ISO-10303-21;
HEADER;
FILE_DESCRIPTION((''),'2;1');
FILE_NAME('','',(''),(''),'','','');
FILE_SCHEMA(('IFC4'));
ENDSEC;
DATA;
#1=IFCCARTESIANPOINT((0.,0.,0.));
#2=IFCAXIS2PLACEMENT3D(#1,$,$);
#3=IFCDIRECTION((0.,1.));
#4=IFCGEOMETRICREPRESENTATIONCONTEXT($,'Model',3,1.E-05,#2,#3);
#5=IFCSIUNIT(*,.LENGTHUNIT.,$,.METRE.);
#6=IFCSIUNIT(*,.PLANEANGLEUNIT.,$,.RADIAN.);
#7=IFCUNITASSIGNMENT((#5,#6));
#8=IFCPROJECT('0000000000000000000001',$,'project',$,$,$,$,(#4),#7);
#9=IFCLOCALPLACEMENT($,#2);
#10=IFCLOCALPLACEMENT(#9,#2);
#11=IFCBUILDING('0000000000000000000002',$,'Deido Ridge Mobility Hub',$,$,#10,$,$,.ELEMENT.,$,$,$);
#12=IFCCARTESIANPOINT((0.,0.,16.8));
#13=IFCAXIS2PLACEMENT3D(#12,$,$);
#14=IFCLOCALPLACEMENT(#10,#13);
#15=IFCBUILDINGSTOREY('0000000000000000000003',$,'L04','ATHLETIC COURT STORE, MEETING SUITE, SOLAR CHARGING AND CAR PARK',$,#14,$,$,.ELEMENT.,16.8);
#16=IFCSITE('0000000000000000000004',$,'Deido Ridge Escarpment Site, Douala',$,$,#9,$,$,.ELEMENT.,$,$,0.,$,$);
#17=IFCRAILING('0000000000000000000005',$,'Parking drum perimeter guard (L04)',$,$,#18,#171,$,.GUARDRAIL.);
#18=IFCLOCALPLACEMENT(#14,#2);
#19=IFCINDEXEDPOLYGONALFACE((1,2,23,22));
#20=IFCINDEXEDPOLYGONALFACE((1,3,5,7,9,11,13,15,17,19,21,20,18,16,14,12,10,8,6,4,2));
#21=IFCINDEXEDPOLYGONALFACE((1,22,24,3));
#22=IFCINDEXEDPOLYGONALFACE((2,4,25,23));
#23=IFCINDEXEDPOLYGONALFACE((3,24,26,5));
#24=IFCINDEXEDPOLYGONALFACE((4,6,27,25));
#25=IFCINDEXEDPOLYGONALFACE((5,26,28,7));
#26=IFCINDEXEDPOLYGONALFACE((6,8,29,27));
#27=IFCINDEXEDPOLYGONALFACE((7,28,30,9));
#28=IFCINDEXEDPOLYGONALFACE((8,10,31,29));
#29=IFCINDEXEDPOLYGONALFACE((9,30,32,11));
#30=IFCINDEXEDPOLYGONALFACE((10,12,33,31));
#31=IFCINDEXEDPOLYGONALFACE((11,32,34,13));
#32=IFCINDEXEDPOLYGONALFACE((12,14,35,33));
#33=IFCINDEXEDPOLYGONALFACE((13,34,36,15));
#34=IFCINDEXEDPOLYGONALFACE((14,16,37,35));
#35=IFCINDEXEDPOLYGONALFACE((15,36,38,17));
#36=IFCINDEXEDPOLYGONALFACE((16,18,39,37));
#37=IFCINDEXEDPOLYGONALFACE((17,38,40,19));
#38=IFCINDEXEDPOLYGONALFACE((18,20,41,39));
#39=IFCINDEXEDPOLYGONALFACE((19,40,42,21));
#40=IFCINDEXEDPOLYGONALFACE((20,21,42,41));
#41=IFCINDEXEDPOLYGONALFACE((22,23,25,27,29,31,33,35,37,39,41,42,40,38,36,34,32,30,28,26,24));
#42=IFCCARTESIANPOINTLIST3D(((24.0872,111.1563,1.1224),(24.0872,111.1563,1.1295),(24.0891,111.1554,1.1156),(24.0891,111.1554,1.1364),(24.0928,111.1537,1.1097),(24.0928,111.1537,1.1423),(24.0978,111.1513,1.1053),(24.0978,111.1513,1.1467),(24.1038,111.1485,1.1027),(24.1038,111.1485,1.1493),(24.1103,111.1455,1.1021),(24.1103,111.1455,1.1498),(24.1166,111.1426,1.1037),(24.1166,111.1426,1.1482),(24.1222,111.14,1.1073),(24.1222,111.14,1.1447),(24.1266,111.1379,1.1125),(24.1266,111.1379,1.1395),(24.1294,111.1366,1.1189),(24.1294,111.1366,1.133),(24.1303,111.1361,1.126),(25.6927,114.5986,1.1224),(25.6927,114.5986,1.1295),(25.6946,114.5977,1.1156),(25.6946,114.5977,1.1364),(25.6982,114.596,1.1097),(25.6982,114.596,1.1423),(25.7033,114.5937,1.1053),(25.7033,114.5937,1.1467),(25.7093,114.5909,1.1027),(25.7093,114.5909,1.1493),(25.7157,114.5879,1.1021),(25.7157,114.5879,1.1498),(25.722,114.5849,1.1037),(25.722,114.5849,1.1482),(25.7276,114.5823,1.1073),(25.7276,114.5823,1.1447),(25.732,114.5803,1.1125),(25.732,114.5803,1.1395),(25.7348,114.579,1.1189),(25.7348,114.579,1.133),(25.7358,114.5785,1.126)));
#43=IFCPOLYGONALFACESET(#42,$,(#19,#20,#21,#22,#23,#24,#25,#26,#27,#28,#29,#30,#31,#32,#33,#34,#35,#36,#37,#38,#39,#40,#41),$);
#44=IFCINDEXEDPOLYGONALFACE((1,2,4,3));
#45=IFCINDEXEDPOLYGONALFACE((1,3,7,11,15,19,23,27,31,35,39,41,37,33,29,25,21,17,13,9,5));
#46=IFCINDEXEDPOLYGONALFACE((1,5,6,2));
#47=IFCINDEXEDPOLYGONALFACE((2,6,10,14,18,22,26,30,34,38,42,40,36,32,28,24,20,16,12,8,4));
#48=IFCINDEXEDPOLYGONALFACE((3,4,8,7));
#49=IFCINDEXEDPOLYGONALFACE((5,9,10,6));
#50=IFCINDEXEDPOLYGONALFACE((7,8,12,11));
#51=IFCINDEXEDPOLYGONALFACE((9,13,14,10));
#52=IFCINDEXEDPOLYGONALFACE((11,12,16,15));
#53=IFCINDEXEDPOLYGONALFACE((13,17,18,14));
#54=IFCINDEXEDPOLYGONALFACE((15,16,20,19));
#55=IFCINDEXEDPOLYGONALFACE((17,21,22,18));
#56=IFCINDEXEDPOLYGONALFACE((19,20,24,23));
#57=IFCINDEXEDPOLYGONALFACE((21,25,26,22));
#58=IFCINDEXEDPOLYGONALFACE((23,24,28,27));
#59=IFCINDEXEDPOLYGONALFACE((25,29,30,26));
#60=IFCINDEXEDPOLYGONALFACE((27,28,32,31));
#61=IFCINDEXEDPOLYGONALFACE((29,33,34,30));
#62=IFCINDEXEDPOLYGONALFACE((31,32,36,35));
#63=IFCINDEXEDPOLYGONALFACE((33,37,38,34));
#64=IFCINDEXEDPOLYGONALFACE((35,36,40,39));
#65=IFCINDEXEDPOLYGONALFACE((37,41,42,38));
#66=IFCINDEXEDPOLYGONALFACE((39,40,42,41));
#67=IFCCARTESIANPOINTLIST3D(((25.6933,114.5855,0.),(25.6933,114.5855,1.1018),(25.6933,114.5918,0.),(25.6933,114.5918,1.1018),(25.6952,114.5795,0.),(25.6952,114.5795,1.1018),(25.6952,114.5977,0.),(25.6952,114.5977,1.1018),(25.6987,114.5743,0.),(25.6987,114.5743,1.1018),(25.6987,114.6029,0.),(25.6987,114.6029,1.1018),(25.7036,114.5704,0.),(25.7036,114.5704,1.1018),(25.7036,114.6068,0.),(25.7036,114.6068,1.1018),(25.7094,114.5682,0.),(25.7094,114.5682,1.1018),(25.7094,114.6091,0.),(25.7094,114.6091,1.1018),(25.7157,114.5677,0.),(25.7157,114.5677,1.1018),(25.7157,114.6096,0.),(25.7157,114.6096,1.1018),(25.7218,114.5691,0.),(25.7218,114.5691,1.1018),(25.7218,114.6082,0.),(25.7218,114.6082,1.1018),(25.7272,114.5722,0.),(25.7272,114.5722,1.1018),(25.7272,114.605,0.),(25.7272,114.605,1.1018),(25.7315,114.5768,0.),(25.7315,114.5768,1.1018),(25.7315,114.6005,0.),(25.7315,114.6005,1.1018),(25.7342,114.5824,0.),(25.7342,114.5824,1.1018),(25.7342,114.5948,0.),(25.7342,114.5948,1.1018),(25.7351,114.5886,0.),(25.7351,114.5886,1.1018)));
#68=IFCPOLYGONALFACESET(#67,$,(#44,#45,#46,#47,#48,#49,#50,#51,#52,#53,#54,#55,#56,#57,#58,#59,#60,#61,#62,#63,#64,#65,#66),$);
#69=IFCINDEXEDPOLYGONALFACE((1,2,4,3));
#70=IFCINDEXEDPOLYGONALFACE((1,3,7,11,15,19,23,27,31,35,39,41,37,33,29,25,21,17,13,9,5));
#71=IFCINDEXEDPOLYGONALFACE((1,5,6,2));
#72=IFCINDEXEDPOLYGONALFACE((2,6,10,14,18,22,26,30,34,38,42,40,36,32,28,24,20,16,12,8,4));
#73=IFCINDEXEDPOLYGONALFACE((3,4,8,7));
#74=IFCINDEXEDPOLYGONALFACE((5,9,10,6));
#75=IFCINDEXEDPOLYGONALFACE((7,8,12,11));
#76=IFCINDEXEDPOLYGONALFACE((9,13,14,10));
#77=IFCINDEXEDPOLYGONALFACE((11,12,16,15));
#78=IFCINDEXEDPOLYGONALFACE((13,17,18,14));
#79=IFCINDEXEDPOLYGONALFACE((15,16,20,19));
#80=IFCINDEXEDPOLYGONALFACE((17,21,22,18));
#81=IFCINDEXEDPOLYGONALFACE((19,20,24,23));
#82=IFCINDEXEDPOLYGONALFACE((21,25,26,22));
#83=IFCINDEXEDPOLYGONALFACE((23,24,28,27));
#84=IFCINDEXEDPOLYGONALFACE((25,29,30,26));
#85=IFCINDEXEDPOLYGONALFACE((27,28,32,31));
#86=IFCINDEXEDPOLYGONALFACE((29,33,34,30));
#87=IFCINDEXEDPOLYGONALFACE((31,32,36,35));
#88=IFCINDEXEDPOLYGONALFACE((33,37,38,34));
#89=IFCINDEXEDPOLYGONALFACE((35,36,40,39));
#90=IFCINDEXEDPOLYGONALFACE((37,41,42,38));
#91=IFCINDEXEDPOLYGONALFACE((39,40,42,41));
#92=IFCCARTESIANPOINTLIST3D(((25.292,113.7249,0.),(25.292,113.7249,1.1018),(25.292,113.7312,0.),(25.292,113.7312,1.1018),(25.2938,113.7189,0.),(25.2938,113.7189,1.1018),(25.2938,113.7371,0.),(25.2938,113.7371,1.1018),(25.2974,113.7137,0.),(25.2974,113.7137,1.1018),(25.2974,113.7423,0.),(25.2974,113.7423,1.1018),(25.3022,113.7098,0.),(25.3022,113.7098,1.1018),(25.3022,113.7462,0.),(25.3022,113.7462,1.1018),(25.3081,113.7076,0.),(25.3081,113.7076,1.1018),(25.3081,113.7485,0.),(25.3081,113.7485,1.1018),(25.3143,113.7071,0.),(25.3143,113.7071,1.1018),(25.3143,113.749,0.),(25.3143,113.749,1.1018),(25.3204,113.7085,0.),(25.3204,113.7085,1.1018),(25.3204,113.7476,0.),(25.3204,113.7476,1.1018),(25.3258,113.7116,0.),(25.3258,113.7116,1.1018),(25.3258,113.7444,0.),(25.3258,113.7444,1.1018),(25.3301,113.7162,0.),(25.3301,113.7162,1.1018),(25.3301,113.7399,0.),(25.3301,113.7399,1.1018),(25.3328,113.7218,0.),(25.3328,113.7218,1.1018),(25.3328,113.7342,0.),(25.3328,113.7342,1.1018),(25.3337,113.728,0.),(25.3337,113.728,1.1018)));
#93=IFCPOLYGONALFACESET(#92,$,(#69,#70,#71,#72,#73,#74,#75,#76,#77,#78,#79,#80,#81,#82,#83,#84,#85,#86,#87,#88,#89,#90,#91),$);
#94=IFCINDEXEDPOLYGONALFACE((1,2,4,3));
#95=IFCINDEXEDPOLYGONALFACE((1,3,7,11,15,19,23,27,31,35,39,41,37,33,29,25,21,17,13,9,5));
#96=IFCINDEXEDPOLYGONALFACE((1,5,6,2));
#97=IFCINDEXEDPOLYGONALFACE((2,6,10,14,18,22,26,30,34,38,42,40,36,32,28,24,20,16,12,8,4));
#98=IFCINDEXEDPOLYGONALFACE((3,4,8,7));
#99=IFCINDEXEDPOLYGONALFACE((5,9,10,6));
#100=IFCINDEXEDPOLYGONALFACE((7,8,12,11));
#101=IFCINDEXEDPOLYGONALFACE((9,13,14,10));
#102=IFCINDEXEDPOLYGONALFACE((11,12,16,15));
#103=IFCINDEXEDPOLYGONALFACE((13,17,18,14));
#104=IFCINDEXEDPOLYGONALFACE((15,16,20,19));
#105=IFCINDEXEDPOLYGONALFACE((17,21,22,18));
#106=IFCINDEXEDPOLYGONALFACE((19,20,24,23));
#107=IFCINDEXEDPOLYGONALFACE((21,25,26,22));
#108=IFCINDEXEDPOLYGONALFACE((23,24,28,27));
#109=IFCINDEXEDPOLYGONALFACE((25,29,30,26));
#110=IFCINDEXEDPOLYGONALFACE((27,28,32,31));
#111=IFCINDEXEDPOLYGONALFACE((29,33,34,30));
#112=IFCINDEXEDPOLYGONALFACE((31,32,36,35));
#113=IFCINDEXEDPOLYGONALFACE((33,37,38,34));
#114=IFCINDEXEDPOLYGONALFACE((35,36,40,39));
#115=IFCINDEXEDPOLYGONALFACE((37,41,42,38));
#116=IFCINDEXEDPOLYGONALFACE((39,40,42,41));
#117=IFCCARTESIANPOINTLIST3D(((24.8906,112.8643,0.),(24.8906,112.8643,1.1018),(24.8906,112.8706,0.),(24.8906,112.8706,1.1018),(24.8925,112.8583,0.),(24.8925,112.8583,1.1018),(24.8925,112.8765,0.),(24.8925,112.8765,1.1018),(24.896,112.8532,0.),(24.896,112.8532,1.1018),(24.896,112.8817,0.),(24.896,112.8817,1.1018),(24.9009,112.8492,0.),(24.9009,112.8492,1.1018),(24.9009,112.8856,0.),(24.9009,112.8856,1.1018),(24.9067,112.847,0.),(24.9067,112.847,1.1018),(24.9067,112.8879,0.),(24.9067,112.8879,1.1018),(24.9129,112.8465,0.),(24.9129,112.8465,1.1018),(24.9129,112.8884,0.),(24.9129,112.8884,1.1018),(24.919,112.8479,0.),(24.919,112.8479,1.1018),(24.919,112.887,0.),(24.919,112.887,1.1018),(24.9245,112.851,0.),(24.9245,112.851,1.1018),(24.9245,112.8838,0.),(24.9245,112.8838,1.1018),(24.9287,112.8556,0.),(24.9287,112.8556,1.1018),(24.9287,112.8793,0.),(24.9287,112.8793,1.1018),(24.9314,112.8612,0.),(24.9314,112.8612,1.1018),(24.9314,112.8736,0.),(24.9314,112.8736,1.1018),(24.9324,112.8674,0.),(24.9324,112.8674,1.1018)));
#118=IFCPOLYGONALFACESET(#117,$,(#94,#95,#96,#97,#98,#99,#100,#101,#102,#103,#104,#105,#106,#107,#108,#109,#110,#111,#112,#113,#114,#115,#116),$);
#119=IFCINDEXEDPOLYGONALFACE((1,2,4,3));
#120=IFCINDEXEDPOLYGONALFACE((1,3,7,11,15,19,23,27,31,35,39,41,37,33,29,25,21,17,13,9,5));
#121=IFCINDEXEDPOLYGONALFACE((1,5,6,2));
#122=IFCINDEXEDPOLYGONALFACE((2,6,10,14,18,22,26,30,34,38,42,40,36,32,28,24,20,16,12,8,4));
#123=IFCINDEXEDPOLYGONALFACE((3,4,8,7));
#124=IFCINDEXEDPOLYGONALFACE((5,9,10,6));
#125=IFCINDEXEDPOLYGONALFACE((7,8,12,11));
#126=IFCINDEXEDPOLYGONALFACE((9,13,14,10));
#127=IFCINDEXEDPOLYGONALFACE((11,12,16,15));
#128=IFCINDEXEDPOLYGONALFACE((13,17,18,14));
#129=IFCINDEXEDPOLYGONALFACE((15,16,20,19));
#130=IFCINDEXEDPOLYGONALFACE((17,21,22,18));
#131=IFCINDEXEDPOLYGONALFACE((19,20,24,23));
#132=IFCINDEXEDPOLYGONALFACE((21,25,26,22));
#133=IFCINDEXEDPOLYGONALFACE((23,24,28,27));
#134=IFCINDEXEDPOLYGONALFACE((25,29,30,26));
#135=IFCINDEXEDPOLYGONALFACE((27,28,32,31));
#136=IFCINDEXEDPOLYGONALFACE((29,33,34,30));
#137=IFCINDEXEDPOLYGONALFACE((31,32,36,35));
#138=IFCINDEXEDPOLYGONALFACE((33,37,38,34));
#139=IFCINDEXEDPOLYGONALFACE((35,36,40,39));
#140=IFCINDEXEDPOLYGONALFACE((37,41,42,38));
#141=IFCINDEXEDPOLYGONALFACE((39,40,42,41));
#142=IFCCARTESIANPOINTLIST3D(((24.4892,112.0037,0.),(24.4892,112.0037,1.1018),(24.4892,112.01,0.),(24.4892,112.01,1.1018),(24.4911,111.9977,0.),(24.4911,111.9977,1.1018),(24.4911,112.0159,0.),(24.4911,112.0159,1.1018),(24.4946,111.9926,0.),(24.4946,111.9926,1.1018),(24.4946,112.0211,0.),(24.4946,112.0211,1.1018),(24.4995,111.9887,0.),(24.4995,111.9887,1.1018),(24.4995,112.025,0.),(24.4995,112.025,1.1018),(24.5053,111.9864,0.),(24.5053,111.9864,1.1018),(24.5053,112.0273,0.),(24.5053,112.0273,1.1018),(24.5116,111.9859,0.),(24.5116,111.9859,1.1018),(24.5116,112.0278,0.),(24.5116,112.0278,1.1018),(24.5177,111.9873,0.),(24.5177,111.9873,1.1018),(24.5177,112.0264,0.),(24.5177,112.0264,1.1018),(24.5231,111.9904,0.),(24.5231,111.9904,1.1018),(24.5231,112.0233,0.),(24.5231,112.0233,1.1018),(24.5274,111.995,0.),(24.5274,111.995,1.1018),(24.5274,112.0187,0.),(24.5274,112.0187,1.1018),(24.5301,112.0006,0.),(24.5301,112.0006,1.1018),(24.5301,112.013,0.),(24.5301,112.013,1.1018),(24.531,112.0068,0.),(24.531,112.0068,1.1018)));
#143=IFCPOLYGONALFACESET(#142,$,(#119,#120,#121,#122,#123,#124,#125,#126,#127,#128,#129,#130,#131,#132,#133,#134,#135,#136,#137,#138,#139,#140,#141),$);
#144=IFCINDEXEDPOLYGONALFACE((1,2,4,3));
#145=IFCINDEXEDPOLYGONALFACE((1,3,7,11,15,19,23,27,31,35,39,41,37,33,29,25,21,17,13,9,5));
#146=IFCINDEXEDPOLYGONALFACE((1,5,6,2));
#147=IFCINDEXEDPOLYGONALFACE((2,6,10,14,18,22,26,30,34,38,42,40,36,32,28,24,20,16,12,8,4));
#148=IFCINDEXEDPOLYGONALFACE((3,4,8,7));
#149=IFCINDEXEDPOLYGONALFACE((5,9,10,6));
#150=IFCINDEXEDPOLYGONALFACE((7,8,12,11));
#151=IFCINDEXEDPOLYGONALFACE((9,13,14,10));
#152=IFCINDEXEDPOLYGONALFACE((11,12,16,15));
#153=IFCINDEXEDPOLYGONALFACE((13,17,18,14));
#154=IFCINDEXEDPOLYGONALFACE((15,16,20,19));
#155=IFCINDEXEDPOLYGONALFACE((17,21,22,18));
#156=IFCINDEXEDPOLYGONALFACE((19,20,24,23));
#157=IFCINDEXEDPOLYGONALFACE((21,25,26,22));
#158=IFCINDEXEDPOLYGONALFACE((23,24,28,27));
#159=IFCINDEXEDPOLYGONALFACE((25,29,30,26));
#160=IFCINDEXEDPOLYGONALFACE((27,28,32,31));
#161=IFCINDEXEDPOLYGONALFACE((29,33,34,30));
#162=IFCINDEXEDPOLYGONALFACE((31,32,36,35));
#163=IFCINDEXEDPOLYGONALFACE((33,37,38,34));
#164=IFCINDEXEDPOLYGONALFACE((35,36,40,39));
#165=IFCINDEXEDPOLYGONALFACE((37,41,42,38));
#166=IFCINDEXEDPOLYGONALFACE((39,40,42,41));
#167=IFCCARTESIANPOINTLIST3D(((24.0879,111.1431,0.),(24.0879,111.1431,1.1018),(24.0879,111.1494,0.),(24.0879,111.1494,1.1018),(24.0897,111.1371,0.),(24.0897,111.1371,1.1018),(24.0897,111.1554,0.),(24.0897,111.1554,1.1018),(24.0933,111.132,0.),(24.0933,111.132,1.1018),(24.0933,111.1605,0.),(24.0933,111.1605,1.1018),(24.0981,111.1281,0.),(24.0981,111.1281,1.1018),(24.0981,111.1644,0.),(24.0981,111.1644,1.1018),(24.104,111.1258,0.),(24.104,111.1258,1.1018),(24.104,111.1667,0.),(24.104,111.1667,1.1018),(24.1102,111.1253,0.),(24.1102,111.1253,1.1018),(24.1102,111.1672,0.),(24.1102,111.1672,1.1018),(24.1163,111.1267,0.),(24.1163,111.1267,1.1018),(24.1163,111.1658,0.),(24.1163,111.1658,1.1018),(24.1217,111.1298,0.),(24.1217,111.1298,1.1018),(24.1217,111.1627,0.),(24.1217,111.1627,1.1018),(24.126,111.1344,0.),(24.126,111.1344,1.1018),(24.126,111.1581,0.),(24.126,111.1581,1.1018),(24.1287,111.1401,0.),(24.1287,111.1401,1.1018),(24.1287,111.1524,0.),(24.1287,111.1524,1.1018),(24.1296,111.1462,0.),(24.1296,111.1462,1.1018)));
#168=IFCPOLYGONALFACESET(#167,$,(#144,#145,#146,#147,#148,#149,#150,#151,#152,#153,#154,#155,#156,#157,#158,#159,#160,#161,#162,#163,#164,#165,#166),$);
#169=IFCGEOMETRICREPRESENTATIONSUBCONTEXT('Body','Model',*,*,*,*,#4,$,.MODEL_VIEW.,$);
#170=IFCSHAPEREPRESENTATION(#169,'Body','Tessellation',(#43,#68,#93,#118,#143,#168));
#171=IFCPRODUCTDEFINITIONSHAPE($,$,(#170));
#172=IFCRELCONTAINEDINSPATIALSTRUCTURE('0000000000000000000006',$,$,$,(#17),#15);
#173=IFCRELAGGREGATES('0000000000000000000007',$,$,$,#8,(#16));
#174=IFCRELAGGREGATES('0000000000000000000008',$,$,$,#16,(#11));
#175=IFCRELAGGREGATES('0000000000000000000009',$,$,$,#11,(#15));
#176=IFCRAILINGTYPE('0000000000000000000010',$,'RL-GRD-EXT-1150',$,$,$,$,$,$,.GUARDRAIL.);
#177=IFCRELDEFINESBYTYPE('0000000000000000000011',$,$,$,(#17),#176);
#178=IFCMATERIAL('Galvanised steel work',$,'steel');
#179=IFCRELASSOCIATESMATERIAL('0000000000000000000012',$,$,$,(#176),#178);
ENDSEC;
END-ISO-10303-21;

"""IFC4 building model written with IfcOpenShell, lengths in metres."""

from ifc_helpers import new_model, si_unit, direction, frame, origin, origin_2d, place, context, subcontext, project, spatial, circle, extrude, material, type_object, element, save


model = new_model("IFC4")

# Units and contexts
model_context = context("Model", 3, precision=1e-05, world=origin(), true_north=direction((0.0, 1.0)))
body_context = subcontext(model_context, "Body", "Model", "MODEL_VIEW")
ifc_project = project(units=[si_unit("LENGTHUNIT", "METRE"), si_unit("PLANEANGLEUNIT", "RADIAN")], contexts=[model_context])

# Site, building, storey
site_placement = place(None, origin())
site = spatial("IfcSite", under=ifc_project, at=site_placement, Name="Deido Ridge Escarpment Site, Douala", CompositionType="ELEMENT", RefElevation=0.0)
building_placement = place(site_placement, origin())
building = spatial("IfcBuilding", under=site, at=building_placement, Name="Deido Ridge Mobility Hub", CompositionType="ELEMENT")
storey_placement = place(building_placement, frame((0.0, 0.0, 16.8)))
storey = spatial("IfcBuildingStorey", under=building, at=storey_placement, Name="L04", Description="ATHLETIC COURT STORE, MEETING SUITE, SOLAR CHARGING AND CAR PARK", CompositionType="ELEMENT", Elevation=16.8)

# Railing
ifc_material_1 = material(Name="Galvanised steel work", Category="steel")
railing_type = type_object("IfcRailingType", Name="RL-GRD-EXT-1150", PredefinedType="GUARDRAIL", material=ifc_material_1)
railing_1_placement = place(storey_placement, frame((25.7141, 114.5886, 0.0)))
element("IfcRailing", 1, at=railing_1_placement, inside=storey, type_object=railing_type, Name="Parking drum perimeter guard (L04)", PredefinedType="GUARDRAIL", context=body_context, shape_type="SweptSolid", body=[
    extrude(circle(Radius=0.0239, at=origin_2d()), frame((0.0, 0.0, 1.126), z_axis=(-0.422674, -0.906282, 0.0), x_axis=(0.906282, -0.422674, 0.0)), (0.0, 0.0, 1.0), 3.7983),
    extrude(circle(Radius=0.021, at=origin_2d()), origin(), (0.0, 0.0, 1.0), 1.1018),
    extrude(circle(Radius=0.021, at=origin_2d()), frame((-0.4014, -0.8606, 0.0)), (0.0, 0.0, 1.0), 1.1018),
    extrude(circle(Radius=0.021, at=origin_2d()), frame((-0.8027, -1.7212, 0.0)), (0.0, 0.0, 1.0), 1.1018),
    extrude(circle(Radius=0.021, at=origin_2d()), frame((-1.2041, -2.5818, 0.0)), (0.0, 0.0, 1.0), 1.1018),
    extrude(circle(Radius=0.021, at=origin_2d()), frame((-1.6055, -3.4424, 0.0)), (0.0, 0.0, 1.0), 1.1018),
])

save(model, "model.ifc")
